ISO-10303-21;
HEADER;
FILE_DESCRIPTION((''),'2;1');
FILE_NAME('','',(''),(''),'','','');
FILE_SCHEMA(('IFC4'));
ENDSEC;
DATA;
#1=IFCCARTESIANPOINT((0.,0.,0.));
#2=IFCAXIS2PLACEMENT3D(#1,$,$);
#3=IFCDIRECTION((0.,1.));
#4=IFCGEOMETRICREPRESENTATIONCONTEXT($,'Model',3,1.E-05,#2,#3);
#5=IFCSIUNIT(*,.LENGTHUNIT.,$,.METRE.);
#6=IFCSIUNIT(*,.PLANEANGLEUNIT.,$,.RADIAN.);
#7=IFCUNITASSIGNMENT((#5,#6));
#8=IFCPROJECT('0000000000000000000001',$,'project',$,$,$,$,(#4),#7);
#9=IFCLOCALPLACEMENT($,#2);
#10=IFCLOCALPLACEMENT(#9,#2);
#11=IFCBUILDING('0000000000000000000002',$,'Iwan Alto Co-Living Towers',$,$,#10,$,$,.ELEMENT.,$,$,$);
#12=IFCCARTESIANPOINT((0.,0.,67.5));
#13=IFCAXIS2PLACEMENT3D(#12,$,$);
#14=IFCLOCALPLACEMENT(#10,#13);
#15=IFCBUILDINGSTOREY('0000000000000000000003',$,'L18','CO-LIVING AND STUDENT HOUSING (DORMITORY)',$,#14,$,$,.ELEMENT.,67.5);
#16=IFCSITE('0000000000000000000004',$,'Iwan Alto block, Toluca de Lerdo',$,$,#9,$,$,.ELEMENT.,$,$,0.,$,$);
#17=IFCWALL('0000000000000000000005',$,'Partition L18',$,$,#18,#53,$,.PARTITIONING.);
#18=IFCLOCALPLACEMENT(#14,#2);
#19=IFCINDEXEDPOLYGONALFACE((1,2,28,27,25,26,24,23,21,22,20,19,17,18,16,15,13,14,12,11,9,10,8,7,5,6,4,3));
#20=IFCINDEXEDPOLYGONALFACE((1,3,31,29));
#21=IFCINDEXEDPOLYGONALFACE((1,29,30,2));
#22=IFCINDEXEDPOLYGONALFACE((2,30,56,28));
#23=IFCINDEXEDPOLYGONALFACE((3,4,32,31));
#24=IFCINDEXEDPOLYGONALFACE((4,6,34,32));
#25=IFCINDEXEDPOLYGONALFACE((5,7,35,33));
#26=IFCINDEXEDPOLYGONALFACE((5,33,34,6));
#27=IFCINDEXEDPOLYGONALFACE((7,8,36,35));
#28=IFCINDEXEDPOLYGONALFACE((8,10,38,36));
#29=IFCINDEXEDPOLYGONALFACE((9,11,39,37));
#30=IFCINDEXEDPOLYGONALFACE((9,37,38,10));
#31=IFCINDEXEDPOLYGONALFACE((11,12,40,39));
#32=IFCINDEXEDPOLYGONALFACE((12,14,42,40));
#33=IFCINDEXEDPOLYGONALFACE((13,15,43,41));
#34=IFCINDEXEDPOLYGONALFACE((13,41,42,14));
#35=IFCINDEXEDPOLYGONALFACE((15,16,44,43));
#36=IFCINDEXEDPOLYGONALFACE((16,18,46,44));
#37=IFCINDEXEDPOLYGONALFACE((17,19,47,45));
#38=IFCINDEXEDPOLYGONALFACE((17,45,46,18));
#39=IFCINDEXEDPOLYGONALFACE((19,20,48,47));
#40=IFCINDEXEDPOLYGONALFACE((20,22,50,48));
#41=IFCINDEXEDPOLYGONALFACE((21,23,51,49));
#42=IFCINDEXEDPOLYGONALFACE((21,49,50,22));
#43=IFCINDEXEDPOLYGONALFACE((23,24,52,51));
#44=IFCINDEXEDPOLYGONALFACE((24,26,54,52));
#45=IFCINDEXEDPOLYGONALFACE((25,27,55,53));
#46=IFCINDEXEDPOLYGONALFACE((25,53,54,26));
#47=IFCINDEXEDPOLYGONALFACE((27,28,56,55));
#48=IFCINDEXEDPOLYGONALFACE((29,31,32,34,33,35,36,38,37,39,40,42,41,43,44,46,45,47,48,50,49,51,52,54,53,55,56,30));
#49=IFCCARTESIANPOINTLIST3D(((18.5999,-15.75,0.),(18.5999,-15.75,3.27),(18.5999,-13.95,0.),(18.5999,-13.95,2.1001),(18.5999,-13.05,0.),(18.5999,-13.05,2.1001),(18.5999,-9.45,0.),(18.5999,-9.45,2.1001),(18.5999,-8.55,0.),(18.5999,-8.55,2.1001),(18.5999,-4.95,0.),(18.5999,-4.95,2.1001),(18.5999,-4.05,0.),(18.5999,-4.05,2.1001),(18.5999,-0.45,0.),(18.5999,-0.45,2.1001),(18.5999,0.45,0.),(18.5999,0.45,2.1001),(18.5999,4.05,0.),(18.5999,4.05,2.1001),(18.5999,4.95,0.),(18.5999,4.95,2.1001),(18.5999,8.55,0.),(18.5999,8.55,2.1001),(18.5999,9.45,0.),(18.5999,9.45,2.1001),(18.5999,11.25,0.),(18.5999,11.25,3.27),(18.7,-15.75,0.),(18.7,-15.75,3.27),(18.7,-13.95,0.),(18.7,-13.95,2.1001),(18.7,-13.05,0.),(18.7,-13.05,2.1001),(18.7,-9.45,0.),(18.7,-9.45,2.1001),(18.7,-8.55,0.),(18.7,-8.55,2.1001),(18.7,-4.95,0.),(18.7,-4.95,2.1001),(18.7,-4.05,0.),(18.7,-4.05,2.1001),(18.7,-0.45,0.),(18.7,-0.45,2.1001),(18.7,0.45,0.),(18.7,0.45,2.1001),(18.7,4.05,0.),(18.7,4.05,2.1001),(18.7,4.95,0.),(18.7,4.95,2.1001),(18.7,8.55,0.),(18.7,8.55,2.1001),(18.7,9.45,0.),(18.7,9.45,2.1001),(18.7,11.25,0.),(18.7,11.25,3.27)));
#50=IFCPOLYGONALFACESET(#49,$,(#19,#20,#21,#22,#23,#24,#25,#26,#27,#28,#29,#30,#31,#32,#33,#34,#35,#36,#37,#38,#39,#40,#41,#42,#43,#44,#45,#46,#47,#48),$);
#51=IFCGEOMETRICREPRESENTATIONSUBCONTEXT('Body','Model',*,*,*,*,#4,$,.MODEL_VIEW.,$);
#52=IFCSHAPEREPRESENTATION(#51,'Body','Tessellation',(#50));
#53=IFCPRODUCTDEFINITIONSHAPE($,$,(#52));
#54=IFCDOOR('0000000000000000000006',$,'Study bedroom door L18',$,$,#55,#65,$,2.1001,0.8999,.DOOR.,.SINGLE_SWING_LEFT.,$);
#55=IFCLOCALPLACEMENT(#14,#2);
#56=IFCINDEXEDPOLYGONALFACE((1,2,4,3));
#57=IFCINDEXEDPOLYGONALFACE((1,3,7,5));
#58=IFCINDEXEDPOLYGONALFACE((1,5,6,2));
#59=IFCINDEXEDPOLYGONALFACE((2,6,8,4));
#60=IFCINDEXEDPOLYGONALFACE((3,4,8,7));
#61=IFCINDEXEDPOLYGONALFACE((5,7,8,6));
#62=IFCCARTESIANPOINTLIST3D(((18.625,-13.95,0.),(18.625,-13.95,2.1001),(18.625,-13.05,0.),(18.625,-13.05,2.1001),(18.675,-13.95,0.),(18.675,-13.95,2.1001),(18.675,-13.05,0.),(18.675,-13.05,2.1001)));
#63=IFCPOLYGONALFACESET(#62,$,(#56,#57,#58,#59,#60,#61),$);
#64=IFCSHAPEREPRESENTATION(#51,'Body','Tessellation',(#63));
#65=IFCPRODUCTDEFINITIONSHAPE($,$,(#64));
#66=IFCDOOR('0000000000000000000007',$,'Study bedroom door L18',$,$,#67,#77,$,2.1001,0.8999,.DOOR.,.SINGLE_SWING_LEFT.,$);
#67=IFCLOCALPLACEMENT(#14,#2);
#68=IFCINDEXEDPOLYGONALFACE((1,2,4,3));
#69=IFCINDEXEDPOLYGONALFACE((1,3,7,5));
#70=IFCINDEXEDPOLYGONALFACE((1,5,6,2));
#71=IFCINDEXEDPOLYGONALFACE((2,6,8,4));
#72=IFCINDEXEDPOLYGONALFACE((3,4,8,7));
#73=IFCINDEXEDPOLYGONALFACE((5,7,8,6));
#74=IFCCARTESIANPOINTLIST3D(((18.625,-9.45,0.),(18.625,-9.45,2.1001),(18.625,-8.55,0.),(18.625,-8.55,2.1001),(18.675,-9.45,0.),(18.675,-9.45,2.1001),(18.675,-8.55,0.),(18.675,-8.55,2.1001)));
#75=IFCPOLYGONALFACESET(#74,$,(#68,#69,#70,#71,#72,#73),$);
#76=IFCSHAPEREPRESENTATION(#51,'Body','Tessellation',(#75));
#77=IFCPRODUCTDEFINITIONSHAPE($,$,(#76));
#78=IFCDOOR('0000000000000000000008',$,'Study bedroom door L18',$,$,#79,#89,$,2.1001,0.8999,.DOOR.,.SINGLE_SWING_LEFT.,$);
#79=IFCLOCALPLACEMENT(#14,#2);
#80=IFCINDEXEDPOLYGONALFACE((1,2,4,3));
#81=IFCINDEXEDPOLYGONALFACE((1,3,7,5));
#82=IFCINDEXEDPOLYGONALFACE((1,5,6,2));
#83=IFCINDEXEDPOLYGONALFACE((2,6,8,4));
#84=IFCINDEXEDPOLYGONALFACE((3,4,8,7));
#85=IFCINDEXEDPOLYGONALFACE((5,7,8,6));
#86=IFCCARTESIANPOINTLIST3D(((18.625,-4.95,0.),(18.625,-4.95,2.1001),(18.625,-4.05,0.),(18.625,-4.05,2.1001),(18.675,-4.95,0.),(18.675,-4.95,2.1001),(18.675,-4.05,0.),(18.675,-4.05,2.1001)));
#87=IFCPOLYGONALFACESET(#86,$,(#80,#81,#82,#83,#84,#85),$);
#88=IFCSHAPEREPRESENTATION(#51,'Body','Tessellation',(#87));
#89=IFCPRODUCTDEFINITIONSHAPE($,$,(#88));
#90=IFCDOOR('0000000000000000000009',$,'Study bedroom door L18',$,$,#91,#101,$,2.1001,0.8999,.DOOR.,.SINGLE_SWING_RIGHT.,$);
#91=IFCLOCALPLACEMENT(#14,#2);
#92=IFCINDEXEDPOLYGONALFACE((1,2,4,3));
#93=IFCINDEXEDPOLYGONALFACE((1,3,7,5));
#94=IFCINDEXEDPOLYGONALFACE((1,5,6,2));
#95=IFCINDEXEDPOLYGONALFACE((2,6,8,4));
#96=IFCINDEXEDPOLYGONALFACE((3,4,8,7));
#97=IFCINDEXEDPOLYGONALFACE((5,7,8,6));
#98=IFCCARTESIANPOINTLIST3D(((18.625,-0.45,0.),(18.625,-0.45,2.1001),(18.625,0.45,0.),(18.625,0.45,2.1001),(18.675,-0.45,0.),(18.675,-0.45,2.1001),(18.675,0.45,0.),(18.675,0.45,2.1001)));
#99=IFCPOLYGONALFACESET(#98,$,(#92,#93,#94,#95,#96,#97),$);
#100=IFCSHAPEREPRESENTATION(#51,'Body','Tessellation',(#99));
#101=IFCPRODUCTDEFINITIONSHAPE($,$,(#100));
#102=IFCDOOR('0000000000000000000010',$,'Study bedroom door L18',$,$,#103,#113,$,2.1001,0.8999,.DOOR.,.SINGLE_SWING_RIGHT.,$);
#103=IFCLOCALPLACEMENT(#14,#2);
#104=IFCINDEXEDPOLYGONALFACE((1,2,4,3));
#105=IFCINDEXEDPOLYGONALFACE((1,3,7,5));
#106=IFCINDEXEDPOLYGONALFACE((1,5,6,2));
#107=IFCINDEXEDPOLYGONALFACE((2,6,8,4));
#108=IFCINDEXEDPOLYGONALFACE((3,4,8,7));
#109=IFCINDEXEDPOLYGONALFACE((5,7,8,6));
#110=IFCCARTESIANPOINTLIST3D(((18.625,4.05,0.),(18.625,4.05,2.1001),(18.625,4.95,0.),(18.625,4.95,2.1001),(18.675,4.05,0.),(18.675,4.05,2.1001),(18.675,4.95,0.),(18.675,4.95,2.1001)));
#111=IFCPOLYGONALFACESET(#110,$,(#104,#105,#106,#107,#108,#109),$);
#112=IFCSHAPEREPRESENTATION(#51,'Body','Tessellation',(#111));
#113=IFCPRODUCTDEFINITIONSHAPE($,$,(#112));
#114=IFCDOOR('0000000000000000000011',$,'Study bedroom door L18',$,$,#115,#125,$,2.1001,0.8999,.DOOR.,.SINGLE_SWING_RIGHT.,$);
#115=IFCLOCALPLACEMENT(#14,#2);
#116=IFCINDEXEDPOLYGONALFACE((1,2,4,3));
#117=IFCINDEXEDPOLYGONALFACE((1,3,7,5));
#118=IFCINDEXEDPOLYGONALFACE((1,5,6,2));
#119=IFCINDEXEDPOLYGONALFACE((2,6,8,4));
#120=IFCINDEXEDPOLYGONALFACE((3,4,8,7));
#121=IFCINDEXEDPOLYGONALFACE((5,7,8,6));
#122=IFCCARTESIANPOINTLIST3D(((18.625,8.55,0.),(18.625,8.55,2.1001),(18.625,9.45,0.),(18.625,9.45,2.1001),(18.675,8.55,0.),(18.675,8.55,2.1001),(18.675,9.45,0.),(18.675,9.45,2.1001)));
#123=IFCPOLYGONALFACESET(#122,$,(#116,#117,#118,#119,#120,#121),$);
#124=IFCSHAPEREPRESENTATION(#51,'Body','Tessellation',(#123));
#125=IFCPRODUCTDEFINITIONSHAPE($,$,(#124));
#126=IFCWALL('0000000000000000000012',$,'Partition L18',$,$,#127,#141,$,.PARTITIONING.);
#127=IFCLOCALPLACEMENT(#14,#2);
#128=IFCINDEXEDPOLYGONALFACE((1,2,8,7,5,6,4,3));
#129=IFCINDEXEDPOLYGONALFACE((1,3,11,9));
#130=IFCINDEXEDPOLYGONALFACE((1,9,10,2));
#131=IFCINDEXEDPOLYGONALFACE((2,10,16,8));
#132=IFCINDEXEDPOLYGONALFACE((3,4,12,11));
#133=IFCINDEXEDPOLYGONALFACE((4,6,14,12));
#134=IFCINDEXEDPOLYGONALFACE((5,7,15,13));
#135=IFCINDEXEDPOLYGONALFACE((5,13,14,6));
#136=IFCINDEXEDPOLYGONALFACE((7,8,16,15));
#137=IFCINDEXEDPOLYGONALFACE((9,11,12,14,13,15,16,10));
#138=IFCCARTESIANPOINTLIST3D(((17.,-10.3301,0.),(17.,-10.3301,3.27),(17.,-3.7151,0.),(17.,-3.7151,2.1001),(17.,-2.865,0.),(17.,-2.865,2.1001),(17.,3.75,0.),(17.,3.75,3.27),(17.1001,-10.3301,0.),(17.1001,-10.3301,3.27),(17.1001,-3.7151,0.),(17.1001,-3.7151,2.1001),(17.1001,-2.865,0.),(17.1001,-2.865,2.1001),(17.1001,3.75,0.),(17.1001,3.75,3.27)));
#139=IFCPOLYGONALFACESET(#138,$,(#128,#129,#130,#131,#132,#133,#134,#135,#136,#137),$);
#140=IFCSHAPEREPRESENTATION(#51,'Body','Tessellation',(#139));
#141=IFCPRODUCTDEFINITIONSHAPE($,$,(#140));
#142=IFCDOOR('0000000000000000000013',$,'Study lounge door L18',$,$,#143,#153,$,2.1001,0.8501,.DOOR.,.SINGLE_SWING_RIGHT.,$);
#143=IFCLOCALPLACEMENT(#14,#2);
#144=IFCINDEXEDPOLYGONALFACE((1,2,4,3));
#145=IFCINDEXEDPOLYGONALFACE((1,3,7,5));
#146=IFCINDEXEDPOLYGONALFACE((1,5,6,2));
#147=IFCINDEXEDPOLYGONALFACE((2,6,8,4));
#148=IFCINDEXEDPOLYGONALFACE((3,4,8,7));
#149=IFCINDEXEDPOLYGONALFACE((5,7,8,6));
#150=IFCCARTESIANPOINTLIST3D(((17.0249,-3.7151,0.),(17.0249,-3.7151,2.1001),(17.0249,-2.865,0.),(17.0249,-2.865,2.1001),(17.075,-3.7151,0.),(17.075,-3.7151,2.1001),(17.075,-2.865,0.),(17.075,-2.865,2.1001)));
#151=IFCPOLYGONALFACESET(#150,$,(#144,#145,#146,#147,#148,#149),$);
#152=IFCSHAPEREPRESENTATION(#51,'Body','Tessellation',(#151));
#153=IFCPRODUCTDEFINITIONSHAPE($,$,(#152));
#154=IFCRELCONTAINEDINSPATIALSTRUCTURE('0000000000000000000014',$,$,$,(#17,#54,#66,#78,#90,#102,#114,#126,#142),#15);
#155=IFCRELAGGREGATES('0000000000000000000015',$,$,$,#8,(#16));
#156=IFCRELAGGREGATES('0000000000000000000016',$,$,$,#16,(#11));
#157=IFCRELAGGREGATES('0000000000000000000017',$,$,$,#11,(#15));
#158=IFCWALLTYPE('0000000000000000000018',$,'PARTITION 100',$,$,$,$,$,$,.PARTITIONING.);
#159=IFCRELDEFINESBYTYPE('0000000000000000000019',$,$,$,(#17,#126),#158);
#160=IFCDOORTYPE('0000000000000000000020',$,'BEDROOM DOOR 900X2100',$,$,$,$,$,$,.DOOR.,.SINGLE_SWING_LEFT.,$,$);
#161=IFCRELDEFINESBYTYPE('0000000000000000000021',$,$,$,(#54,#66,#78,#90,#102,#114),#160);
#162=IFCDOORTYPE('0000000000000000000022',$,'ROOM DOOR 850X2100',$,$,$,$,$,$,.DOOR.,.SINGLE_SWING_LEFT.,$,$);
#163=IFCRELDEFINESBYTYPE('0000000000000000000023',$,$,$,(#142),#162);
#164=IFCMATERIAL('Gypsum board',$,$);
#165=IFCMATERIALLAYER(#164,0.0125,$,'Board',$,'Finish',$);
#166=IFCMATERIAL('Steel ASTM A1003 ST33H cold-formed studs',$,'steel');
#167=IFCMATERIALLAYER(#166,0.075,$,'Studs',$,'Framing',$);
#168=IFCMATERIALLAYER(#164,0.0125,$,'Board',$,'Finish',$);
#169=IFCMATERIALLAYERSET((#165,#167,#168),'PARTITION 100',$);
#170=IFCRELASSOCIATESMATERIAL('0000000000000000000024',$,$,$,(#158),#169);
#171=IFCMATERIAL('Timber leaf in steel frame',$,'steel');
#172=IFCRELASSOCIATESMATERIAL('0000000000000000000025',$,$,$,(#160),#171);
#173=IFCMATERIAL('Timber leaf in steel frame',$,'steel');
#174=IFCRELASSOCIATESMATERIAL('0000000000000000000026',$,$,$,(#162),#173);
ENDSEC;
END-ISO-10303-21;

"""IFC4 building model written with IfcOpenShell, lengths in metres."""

from ifc_helpers import new_model, si_unit, direction, frame, frame_2d, origin, place, context, subcontext, project, spatial, rectangle, extrude, material, layer, layer_set, type_object, element, fill, save


model = new_model("IFC4")

# Units and contexts
model_context = context("Model", 3, precision=1e-05, world=origin(), true_north=direction((0.0, 1.0)))
body_context = subcontext(model_context, "Body", "Model", "MODEL_VIEW")
ifc_project = project(units=[si_unit("LENGTHUNIT", "METRE"), si_unit("PLANEANGLEUNIT", "RADIAN")], contexts=[model_context])

# Site, building, storey
site_placement = place(None, origin())
site = spatial("IfcSite", under=ifc_project, at=site_placement, Name="Iwan Alto block, Toluca de Lerdo", CompositionType="ELEMENT", RefElevation=0.0)
building_placement = place(site_placement, origin())
building = spatial("IfcBuilding", under=site, at=building_placement, Name="Iwan Alto Co-Living Towers", CompositionType="ELEMENT")
storey_placement = place(building_placement, frame((0.0, 0.0, 67.5)))
storey = spatial("IfcBuildingStorey", under=building, at=storey_placement, Name="L18", Description="CO-LIVING AND STUDENT HOUSING (DORMITORY)", CompositionType="ELEMENT", Elevation=67.5)

# Shared definitions
ifc_material_1 = material(Name="Gypsum board")
ifc_material_2 = material(Name="Steel ASTM A1003 ST33H cold-formed studs", Category="steel")

# Shared definitions
ifc_layer_1 = layer(ifc_material_1, 0.0125, Name="Board", Category="Finish")
ifc_layer_2 = layer(ifc_material_2, 0.075, Name="Studs", Category="Framing")
ifc_layer_3 = layer(ifc_material_1, 0.0125, Name="Board", Category="Finish")
ifc_layer_set_1 = layer_set([ifc_layer_1, ifc_layer_2, ifc_layer_3], Name="PARTITION 100")
wall_type_1 = type_object("IfcWallType", Name="PARTITION 100", PredefinedType="PARTITIONING", material=ifc_layer_set_1)

# Wall, openings, doors
wall_1_placement = place(storey_placement, frame((18.6499, -15.75, 0.0), z_axis=(0.0, 0.0, 1.0), x_axis=(0.0, 1.0, 0.0)))
wall_1 = element("IfcWall", 1, at=wall_1_placement, inside=storey, type_object=wall_type_1, Name="Partition L18", PredefinedType="PARTITIONING", context=body_context, shape_type="SweptSolid", body=[
    extrude(rectangle(XDim=27.0, YDim=0.1001, at=frame_2d((13.5, 0.0))), origin(), (0.0, 0.0, 1.0), 3.27),
])
opening_1_placement = place(wall_1_placement, frame((1.8, 0.0, 0.0)))
opening_1 = element("IfcOpeningElement", 2, at=opening_1_placement, cuts=wall_1, PredefinedType="OPENING", context=body_context, shape_type="SweptSolid", body=[
    extrude(rectangle(XDim=0.8999, YDim=2.1001, at=frame_2d((0.45, 1.05))), frame((0.0, 0.0601, 0.0), z_axis=(0.0, -1.0, 0.0), x_axis=(1.0, 0.0, 0.0)), (0.0, 0.0, 1.0), 0.1201),
])
opening_2_placement = place(wall_1_placement, frame((6.3, 0.0, 0.0)))
opening_2 = element("IfcOpeningElement", 3, at=opening_2_placement, cuts=wall_1, PredefinedType="OPENING", context=body_context, shape_type="SweptSolid", body=[
    extrude(rectangle(XDim=0.8999, YDim=2.1001, at=frame_2d((0.45, 1.05))), frame((0.0, 0.0601, 0.0), z_axis=(0.0, -1.0, 0.0), x_axis=(1.0, 0.0, 0.0)), (0.0, 0.0, 1.0), 0.1201),
])
opening_3_placement = place(wall_1_placement, frame((10.8, 0.0, 0.0)))
opening_3 = element("IfcOpeningElement", 4, at=opening_3_placement, cuts=wall_1, PredefinedType="OPENING", context=body_context, shape_type="SweptSolid", body=[
    extrude(rectangle(XDim=0.8999, YDim=2.1001, at=frame_2d((0.45, 1.05))), frame((0.0, 0.0601, 0.0), z_axis=(0.0, -1.0, 0.0), x_axis=(1.0, 0.0, 0.0)), (0.0, 0.0, 1.0), 0.1201),
])
opening_4_placement = place(wall_1_placement, frame((15.3, 0.0, 0.0)))
opening_4 = element("IfcOpeningElement", 5, at=opening_4_placement, cuts=wall_1, PredefinedType="OPENING", context=body_context, shape_type="SweptSolid", body=[
    extrude(rectangle(XDim=0.8999, YDim=2.1001, at=frame_2d((0.45, 1.05))), frame((0.0, 0.0601, 0.0), z_axis=(0.0, -1.0, 0.0), x_axis=(1.0, 0.0, 0.0)), (0.0, 0.0, 1.0), 0.1201),
])
opening_5_placement = place(wall_1_placement, frame((19.8, 0.0, 0.0)))
opening_5 = element("IfcOpeningElement", 6, at=opening_5_placement, cuts=wall_1, PredefinedType="OPENING", context=body_context, shape_type="SweptSolid", body=[
    extrude(rectangle(XDim=0.8999, YDim=2.1001, at=frame_2d((0.45, 1.05))), frame((0.0, 0.0601, 0.0), z_axis=(0.0, -1.0, 0.0), x_axis=(1.0, 0.0, 0.0)), (0.0, 0.0, 1.0), 0.1201),
])
opening_6_placement = place(wall_1_placement, frame((24.3, 0.0, 0.0)))
opening_6 = element("IfcOpeningElement", 7, at=opening_6_placement, cuts=wall_1, PredefinedType="OPENING", context=body_context, shape_type="SweptSolid", body=[
    extrude(rectangle(XDim=0.8999, YDim=2.1001, at=frame_2d((0.45, 1.05))), frame((0.0, 0.0601, 0.0), z_axis=(0.0, -1.0, 0.0), x_axis=(1.0, 0.0, 0.0)), (0.0, 0.0, 1.0), 0.1201),
])
ifc_material_3 = material(Name="Timber leaf in steel frame", Category="steel")
door_type_1 = type_object("IfcDoorType", Name="BEDROOM DOOR 900X2100", OperationType="SINGLE_SWING_LEFT", PredefinedType="DOOR", material=ifc_material_3)
door_1_placement = place(opening_1_placement, origin())
door_1 = element("IfcDoor", 8, at=door_1_placement, inside=storey, type_object=door_type_1, Name="Study bedroom door L18", OperationType="SINGLE_SWING_LEFT", OverallHeight=2.1001, OverallWidth=0.8999, PredefinedType="DOOR", context=body_context, shape_type="SweptSolid", body=[
    extrude(rectangle(XDim=0.8999, YDim=2.1001, at=frame_2d((0.45, 1.05))), frame((0.0, 0.0249, 0.0), z_axis=(0.0, -1.0, 0.0), x_axis=(1.0, 0.0, 0.0)), (0.0, 0.0, 1.0), 0.05),
])
fill(opening_1, door_1)
door_2_placement = place(opening_2_placement, origin())
door_2 = element("IfcDoor", 9, at=door_2_placement, inside=storey, type_object=door_type_1, Name="Study bedroom door L18", OperationType="SINGLE_SWING_LEFT", OverallHeight=2.1001, OverallWidth=0.8999, PredefinedType="DOOR", context=body_context, shape_type="SweptSolid", body=[
    extrude(rectangle(XDim=0.8999, YDim=2.1001, at=frame_2d((0.45, 1.05))), frame((0.0, 0.0249, 0.0), z_axis=(0.0, -1.0, 0.0), x_axis=(1.0, 0.0, 0.0)), (0.0, 0.0, 1.0), 0.05),
])
fill(opening_2, door_2)
door_3_placement = place(opening_3_placement, origin())
door_3 = element("IfcDoor", 10, at=door_3_placement, inside=storey, type_object=door_type_1, Name="Study bedroom door L18", OperationType="SINGLE_SWING_LEFT", OverallHeight=2.1001, OverallWidth=0.8999, PredefinedType="DOOR", context=body_context, shape_type="SweptSolid", body=[
    extrude(rectangle(XDim=0.8999, YDim=2.1001, at=frame_2d((0.45, 1.05))), frame((0.0, 0.0249, 0.0), z_axis=(0.0, -1.0, 0.0), x_axis=(1.0, 0.0, 0.0)), (0.0, 0.0, 1.0), 0.05),
])
fill(opening_3, door_3)
door_4_placement = place(opening_4_placement, origin())
door_4 = element("IfcDoor", 11, at=door_4_placement, inside=storey, type_object=door_type_1, Name="Study bedroom door L18", OperationType="SINGLE_SWING_RIGHT", OverallHeight=2.1001, OverallWidth=0.8999, PredefinedType="DOOR", context=body_context, shape_type="SweptSolid", body=[
    extrude(rectangle(XDim=0.8999, YDim=2.1001, at=frame_2d((0.45, 1.05))), frame((0.0, 0.0249, 0.0), z_axis=(0.0, -1.0, 0.0), x_axis=(1.0, 0.0, 0.0)), (0.0, 0.0, 1.0), 0.05),
])
fill(opening_4, door_4)
door_5_placement = place(opening_5_placement, origin())
door_5 = element("IfcDoor", 12, at=door_5_placement, inside=storey, type_object=door_type_1, Name="Study bedroom door L18", OperationType="SINGLE_SWING_RIGHT", OverallHeight=2.1001, OverallWidth=0.8999, PredefinedType="DOOR", context=body_context, shape_type="SweptSolid", body=[
    extrude(rectangle(XDim=0.8999, YDim=2.1001, at=frame_2d((0.45, 1.05))), frame((0.0, 0.0249, 0.0), z_axis=(0.0, -1.0, 0.0), x_axis=(1.0, 0.0, 0.0)), (0.0, 0.0, 1.0), 0.05),
])
fill(opening_5, door_5)
door_6_placement = place(opening_6_placement, origin())
door_6 = element("IfcDoor", 13, at=door_6_placement, inside=storey, type_object=door_type_1, Name="Study bedroom door L18", OperationType="SINGLE_SWING_RIGHT", OverallHeight=2.1001, OverallWidth=0.8999, PredefinedType="DOOR", context=body_context, shape_type="SweptSolid", body=[
    extrude(rectangle(XDim=0.8999, YDim=2.1001, at=frame_2d((0.45, 1.05))), frame((0.0, 0.0249, 0.0), z_axis=(0.0, -1.0, 0.0), x_axis=(1.0, 0.0, 0.0)), (0.0, 0.0, 1.0), 0.05),
])
fill(opening_6, door_6)

# Wall, opening, door
wall_2_placement = place(storey_placement, frame((17.05, -10.3301, 0.0), z_axis=(0.0, 0.0, 1.0), x_axis=(0.0, 1.0, 0.0)))
wall_2 = element("IfcWall", 14, at=wall_2_placement, inside=storey, type_object=wall_type_1, Name="Partition L18", PredefinedType="PARTITIONING", context=body_context, shape_type="SweptSolid", body=[
    extrude(rectangle(XDim=14.0801, YDim=0.1001, at=frame_2d((7.04, 0.0))), origin(), (0.0, 0.0, 1.0), 3.27),
])
opening_7_placement = place(wall_2_placement, frame((6.615, 0.0, 0.0)))
opening_7 = element("IfcOpeningElement", 15, at=opening_7_placement, cuts=wall_2, PredefinedType="OPENING", context=body_context, shape_type="SweptSolid", body=[
    extrude(rectangle(XDim=0.8501, YDim=2.1001, at=frame_2d((0.425, 1.05))), frame((0.0, 0.0601, 0.0), z_axis=(0.0, -1.0, 0.0), x_axis=(1.0, 0.0, 0.0)), (0.0, 0.0, 1.0), 0.1201),
])
ifc_material_4 = material(Name="Timber leaf in steel frame", Category="steel")
door_type_2 = type_object("IfcDoorType", Name="ROOM DOOR 850X2100", OperationType="SINGLE_SWING_LEFT", PredefinedType="DOOR", material=ifc_material_4)
door_7_placement = place(opening_7_placement, frame((0.8501, 0.0, 0.0), z_axis=(0.0, 0.0, 1.0), x_axis=(-1.0, 0.0, 0.0)))
door_7 = element("IfcDoor", 16, at=door_7_placement, inside=storey, type_object=door_type_2, Name="Study lounge door L18", OperationType="SINGLE_SWING_RIGHT", OverallHeight=2.1001, OverallWidth=0.8501, PredefinedType="DOOR", context=body_context, shape_type="SweptSolid", body=[
    extrude(rectangle(XDim=0.8501, YDim=2.1001, at=frame_2d((0.425, 1.05))), frame((0.0, 0.0249, 0.0), z_axis=(0.0, -1.0, 0.0), x_axis=(1.0, 0.0, 0.0)), (0.0, 0.0, 1.0), 0.05),
])
fill(opening_7, door_7)

save(model, "model.ifc")
